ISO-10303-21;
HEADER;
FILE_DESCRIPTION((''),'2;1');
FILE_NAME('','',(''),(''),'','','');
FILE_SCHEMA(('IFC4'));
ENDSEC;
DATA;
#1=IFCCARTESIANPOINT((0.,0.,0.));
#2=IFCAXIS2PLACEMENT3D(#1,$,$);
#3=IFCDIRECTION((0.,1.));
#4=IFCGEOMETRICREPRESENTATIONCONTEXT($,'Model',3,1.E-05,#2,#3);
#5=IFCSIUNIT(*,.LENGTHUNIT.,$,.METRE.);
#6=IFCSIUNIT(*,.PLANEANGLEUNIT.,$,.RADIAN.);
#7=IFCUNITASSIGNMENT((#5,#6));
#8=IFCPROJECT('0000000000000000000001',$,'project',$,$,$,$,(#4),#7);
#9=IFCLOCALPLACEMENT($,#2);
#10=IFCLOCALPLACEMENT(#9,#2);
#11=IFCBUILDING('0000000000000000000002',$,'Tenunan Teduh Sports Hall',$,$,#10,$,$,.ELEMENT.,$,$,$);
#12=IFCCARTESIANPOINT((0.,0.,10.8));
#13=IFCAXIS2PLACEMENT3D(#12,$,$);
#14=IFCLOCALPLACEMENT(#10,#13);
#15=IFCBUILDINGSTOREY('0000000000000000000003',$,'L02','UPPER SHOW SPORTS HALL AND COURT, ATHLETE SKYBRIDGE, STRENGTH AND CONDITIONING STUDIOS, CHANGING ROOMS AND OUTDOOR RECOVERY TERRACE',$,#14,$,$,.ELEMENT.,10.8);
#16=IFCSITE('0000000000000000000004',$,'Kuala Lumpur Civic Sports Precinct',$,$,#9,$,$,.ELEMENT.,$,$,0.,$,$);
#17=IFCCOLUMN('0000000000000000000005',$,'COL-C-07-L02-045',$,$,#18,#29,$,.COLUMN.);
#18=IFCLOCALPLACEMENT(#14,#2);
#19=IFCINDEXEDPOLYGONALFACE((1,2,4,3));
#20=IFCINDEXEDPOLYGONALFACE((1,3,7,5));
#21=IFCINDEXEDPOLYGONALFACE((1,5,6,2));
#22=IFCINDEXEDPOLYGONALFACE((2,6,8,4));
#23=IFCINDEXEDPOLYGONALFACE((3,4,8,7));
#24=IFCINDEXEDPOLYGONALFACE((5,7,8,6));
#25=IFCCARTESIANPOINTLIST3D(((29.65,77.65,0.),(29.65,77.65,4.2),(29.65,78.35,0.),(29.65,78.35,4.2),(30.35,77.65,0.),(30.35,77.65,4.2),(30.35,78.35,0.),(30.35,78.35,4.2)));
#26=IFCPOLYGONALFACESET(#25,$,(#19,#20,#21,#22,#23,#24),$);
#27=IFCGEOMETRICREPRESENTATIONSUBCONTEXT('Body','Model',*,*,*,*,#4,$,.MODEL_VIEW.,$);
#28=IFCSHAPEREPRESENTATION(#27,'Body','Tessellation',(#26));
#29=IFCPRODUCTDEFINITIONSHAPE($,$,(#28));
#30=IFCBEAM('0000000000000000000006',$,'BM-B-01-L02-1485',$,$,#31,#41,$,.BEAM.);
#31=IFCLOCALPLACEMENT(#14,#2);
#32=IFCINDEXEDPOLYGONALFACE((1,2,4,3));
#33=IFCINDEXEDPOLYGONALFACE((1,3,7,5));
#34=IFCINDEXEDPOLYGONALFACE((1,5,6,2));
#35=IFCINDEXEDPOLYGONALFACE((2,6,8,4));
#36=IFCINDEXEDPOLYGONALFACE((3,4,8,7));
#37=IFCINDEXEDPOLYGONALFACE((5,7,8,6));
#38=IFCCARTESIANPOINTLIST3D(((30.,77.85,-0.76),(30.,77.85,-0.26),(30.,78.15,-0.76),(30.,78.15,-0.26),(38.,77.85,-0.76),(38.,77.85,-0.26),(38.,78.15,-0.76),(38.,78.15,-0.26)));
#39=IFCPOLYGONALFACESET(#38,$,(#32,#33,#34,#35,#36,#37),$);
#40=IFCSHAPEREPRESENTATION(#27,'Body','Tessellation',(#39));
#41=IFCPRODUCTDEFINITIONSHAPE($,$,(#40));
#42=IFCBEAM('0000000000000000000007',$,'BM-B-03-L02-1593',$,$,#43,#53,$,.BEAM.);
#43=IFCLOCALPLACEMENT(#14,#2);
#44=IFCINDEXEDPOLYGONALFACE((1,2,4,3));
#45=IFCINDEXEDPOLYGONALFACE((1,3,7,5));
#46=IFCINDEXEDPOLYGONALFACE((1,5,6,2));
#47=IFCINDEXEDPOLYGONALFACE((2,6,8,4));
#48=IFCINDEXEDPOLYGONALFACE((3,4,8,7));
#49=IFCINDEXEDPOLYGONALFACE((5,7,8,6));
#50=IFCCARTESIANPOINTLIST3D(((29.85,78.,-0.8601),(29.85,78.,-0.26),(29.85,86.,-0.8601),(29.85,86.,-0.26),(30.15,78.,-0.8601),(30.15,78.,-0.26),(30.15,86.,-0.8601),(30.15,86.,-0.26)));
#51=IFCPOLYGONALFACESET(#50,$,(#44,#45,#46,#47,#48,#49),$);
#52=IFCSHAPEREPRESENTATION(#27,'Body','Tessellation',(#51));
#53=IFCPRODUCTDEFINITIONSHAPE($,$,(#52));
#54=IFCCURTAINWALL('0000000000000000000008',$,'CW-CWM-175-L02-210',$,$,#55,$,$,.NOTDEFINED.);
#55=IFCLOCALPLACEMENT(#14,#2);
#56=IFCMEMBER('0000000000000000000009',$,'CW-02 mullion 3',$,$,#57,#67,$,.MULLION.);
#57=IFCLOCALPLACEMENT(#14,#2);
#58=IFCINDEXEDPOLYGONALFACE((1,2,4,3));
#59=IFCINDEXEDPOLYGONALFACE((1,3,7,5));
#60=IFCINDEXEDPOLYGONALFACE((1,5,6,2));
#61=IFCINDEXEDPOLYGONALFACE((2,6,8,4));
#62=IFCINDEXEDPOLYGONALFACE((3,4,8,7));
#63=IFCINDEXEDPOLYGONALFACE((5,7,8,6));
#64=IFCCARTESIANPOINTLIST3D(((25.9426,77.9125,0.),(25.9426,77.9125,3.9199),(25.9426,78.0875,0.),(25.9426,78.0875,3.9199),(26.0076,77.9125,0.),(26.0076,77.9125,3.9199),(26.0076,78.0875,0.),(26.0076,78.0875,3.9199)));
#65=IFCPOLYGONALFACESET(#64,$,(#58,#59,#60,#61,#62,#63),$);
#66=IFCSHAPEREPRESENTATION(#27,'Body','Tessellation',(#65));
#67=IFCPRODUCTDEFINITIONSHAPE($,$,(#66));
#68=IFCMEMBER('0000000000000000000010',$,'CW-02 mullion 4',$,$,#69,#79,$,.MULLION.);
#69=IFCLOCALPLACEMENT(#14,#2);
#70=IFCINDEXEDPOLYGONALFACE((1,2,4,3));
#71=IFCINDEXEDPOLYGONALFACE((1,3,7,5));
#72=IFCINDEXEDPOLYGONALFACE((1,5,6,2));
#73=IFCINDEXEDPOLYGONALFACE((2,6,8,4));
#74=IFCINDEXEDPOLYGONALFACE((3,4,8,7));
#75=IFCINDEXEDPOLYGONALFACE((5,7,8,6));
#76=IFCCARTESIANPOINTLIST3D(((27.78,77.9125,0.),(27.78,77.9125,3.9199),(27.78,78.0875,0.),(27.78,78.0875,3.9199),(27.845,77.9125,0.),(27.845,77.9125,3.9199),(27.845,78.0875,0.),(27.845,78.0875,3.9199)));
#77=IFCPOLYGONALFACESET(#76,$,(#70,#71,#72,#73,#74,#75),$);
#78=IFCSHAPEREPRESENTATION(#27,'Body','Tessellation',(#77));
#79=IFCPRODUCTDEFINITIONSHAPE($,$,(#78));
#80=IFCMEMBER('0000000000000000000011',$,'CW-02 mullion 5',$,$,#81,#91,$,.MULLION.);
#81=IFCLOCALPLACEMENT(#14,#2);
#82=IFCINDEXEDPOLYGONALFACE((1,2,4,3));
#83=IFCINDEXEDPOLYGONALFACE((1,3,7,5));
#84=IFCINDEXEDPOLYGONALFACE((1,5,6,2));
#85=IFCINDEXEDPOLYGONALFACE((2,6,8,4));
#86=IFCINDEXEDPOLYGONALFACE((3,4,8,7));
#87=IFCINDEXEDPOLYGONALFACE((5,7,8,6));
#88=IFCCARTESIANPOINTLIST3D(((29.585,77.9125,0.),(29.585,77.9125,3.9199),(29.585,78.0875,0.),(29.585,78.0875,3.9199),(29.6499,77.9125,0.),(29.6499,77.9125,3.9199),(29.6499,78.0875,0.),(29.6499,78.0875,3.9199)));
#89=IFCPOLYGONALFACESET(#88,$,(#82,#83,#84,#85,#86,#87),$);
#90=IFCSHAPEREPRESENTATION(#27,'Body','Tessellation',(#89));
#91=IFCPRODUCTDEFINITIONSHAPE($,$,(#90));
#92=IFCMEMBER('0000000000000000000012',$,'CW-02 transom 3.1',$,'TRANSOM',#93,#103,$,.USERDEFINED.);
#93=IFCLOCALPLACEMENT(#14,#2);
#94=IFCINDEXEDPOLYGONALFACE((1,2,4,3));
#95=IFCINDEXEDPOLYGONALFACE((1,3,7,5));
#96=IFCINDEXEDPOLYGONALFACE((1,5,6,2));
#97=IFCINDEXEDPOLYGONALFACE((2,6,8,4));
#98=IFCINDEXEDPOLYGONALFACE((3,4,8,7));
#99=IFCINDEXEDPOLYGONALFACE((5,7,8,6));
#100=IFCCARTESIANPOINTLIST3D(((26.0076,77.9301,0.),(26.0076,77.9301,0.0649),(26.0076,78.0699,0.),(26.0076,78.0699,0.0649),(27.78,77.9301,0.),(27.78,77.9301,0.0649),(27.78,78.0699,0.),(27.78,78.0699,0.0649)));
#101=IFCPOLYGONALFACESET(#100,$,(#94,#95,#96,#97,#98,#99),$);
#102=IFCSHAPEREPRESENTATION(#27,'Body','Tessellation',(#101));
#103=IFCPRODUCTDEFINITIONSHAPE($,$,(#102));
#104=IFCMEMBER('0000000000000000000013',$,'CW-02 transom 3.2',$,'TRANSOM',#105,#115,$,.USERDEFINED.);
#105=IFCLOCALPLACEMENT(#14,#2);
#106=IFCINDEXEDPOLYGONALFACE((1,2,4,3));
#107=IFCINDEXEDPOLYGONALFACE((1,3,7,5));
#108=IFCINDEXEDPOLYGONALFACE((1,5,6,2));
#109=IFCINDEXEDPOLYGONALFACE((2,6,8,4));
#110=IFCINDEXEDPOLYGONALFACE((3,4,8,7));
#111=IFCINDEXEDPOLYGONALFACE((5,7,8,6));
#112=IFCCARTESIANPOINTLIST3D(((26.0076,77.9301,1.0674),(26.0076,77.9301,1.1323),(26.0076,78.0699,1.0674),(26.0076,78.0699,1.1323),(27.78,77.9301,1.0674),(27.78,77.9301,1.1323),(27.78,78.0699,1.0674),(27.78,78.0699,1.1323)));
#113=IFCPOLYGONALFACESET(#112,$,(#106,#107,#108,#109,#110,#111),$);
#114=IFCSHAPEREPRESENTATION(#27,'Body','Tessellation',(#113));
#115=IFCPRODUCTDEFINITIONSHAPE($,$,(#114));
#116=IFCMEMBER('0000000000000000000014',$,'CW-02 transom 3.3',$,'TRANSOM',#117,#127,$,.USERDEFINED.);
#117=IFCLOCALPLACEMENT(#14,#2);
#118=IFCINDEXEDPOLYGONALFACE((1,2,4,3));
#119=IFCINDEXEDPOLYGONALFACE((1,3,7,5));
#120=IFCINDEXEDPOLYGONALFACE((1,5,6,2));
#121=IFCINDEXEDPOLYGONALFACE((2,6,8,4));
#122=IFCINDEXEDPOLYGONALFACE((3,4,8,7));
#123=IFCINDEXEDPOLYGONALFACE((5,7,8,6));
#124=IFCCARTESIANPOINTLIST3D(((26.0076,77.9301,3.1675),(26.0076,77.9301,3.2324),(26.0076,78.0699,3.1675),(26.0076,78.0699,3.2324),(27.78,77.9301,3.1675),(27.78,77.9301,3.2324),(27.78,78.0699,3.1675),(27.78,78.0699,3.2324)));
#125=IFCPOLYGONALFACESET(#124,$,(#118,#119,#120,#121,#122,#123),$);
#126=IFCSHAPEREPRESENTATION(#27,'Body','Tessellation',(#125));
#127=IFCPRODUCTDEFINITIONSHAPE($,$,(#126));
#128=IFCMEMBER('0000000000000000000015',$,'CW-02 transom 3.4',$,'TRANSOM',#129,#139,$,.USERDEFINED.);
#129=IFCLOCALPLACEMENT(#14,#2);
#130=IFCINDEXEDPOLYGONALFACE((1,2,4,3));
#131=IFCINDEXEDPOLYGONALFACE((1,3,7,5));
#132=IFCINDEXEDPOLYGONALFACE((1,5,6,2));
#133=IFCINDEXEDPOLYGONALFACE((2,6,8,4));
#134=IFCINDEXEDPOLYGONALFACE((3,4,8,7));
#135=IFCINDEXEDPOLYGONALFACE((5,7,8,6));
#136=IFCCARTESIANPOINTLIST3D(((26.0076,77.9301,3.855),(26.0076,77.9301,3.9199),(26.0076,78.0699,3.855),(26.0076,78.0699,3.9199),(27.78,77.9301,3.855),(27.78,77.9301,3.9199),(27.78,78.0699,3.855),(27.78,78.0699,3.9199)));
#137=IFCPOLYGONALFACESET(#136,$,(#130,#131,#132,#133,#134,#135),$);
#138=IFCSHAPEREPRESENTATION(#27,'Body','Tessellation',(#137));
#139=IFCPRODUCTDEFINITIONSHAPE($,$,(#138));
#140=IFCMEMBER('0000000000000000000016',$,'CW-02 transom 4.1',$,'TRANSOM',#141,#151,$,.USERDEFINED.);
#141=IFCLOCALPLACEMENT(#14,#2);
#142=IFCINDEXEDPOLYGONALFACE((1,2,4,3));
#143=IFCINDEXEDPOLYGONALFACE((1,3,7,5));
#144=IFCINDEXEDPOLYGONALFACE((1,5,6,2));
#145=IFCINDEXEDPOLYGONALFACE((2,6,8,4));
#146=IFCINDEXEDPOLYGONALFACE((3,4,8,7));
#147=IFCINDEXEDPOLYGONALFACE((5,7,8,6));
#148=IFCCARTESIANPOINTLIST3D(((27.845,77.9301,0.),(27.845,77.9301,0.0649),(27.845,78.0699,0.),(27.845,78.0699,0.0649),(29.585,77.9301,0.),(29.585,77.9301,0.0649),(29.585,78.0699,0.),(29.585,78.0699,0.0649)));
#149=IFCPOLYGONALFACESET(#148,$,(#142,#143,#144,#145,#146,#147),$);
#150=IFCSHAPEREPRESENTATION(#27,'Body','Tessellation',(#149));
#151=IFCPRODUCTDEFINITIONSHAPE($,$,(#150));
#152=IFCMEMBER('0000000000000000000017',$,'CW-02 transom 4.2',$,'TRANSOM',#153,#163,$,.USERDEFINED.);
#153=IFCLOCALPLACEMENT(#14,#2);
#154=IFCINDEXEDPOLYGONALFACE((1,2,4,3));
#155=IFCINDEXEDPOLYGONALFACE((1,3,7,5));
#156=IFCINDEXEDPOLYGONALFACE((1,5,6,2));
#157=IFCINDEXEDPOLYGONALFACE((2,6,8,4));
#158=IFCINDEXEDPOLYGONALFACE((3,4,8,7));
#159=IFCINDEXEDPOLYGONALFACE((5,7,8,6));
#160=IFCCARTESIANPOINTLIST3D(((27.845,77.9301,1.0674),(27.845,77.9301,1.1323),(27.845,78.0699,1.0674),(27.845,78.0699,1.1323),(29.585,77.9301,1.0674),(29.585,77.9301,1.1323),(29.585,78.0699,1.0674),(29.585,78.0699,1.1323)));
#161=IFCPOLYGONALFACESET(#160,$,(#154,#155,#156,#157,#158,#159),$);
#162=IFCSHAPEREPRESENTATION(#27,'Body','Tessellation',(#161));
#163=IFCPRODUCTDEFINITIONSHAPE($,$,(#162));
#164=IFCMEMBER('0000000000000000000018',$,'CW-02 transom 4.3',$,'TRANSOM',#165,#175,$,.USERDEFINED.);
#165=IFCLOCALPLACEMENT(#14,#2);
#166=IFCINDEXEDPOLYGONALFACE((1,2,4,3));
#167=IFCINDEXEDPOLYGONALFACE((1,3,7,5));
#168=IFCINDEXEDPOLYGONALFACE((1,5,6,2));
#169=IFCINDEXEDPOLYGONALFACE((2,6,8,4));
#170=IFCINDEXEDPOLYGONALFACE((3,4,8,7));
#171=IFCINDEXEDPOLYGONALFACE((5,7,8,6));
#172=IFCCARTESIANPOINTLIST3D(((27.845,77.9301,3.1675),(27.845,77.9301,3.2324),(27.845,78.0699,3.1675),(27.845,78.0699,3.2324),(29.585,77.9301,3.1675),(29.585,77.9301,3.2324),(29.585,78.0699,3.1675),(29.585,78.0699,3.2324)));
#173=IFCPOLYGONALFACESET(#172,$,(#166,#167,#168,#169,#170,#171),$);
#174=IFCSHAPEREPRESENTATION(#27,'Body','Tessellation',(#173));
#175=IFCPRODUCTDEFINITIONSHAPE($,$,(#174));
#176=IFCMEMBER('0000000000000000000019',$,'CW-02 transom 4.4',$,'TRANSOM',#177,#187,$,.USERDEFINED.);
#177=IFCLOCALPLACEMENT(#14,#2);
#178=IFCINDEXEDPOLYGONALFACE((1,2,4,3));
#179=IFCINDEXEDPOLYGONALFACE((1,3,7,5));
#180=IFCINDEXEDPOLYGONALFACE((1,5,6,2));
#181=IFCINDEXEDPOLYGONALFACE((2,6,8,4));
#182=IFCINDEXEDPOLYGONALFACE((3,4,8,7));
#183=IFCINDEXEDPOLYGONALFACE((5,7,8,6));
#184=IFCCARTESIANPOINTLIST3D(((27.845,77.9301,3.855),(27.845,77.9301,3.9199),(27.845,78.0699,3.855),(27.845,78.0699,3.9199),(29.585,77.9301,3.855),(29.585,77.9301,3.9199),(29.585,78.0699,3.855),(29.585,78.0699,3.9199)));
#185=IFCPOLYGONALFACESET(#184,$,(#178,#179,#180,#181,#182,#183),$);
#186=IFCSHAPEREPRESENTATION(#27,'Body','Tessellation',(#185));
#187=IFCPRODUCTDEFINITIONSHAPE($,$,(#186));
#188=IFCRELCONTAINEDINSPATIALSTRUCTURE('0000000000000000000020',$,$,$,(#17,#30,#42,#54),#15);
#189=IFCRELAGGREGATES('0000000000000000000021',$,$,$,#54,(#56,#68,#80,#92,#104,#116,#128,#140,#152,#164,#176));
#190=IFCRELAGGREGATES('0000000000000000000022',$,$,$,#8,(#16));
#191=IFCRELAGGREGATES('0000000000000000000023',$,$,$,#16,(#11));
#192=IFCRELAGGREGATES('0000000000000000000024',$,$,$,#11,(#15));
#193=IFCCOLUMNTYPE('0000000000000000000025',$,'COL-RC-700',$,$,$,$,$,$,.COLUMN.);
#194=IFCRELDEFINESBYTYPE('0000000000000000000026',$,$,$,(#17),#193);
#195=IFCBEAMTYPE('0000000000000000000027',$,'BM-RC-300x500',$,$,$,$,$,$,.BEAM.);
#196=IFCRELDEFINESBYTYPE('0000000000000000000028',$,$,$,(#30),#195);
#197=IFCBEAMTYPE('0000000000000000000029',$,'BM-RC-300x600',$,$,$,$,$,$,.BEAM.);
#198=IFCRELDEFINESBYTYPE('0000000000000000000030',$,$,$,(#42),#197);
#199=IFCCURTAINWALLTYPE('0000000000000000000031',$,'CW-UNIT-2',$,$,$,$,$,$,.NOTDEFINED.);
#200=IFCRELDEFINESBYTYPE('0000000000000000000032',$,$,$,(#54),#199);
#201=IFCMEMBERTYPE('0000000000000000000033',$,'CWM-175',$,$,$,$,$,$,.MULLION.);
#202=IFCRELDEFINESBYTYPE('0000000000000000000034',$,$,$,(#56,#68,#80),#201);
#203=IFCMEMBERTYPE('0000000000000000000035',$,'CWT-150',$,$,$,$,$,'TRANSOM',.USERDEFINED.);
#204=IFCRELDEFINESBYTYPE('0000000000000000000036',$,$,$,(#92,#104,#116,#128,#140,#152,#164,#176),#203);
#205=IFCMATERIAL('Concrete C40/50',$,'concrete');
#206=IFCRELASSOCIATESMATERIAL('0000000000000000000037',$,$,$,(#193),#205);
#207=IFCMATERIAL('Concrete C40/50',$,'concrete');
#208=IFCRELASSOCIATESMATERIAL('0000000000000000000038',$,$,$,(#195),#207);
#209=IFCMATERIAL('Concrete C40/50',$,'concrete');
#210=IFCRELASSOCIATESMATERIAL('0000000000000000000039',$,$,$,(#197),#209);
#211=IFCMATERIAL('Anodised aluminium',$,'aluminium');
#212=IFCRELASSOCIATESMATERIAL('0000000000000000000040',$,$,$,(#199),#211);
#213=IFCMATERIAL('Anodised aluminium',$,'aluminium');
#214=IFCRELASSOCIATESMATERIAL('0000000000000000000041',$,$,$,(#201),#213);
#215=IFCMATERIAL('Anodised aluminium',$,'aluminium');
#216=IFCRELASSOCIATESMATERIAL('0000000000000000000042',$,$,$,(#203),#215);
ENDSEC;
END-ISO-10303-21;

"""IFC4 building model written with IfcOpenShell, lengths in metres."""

from ifc_helpers import new_model, si_unit, direction, frame, origin, origin_2d, place, context, subcontext, project, spatial, rectangle, extrude, material, material_profile, profile_set, type_object, element, aggregate, save


model = new_model("IFC4")

# Units and contexts
model_context = context("Model", 3, precision=1e-05, world=origin(), true_north=direction((0.0, 1.0)))
body_context = subcontext(model_context, "Body", "Model", "MODEL_VIEW")
ifc_project = project(units=[si_unit("LENGTHUNIT", "METRE"), si_unit("PLANEANGLEUNIT", "RADIAN")], contexts=[model_context])

# Site, building, storey
site_placement = place(None, origin())
site = spatial("IfcSite", under=ifc_project, at=site_placement, Name="Kuala Lumpur Civic Sports Precinct", CompositionType="ELEMENT", RefElevation=0.0)
building_placement = place(site_placement, origin())
building = spatial("IfcBuilding", under=site, at=building_placement, Name="Tenunan Teduh Sports Hall", CompositionType="ELEMENT")
storey_placement = place(building_placement, frame((0.0, 0.0, 10.8)))
storey = spatial("IfcBuildingStorey", under=building, at=storey_placement, Name="L02", Description="UPPER SHOW SPORTS HALL AND COURT, ATHLETE SKYBRIDGE, STRENGTH AND CONDITIONING STUDIOS, CHANGING ROOMS AND OUTDOOR RECOVERY TERRACE", CompositionType="ELEMENT", Elevation=10.8)

# Column
ifc_material_1 = material(Name="Concrete C40/50", Category="concrete")
ifc_material_profile_1 = material_profile(ifc_material_1, rectangle(XDim=0.7, YDim=0.7, at=origin_2d()), Name="RC 700x700")
ifc_profile_set_1 = profile_set([ifc_material_profile_1], Name="Concrete C40/50")
column_type = type_object("IfcColumnType", Name="COL-RC-700", PredefinedType="COLUMN", material=ifc_profile_set_1)
column_placement = place(storey_placement, frame((30.0, 78.0, 0.0), z_axis=(0.0, 0.0, 1.0), x_axis=(1.0, 0.0, 0.0)))
element("IfcColumn", 1, at=column_placement, inside=storey, type_object=column_type, Name="COL-C-07-L02-045", PredefinedType="COLUMN", context=body_context, shape_type="SweptSolid", body=[
    extrude(rectangle(XDim=0.7, YDim=0.7, at=origin_2d()), origin(), (0.0, 0.0, 1.0), 4.2),
])

# Beams
ifc_material_2 = material(Name="Concrete C40/50", Category="concrete")
ifc_material_profile_2 = material_profile(ifc_material_2, rectangle(XDim=0.3, YDim=0.5, at=origin_2d()), Name="RCB 300x500")
ifc_profile_set_2 = profile_set([ifc_material_profile_2], Name="Concrete C40/50")
beam_type_1 = type_object("IfcBeamType", Name="BM-RC-300x500", PredefinedType="BEAM", material=ifc_profile_set_2)
beam_1_placement = place(storey_placement, frame((30.0, 78.0, -0.51), z_axis=(1.0, 0.0, 0.0), x_axis=(0.0, 1.0, 0.0)))
element("IfcBeam", 2, at=beam_1_placement, inside=storey, type_object=beam_type_1, Name="BM-B-01-L02-1485", PredefinedType="BEAM", context=body_context, shape_type="SweptSolid", body=[
    extrude(rectangle(XDim=0.3, YDim=0.5, at=origin_2d()), origin(), (0.0, 0.0, 1.0), 8.0),
])
ifc_material_3 = material(Name="Concrete C40/50", Category="concrete")
ifc_material_profile_3 = material_profile(ifc_material_3, rectangle(XDim=0.3, YDim=0.6001, at=origin_2d()), Name="RCB 300x600")
ifc_profile_set_3 = profile_set([ifc_material_profile_3], Name="Concrete C40/50")
beam_type_2 = type_object("IfcBeamType", Name="BM-RC-300x600", PredefinedType="BEAM", material=ifc_profile_set_3)
beam_2_placement = place(storey_placement, frame((30.0, 78.0, -0.5601), z_axis=(0.0, 1.0, 0.0), x_axis=(-1.0, 0.0, 0.0)))
element("IfcBeam", 3, at=beam_2_placement, inside=storey, type_object=beam_type_2, Name="BM-B-03-L02-1593", PredefinedType="BEAM", context=body_context, shape_type="SweptSolid", body=[
    extrude(rectangle(XDim=0.3, YDim=0.6001, at=origin_2d()), origin(), (0.0, 0.0, 1.0), 8.0),
])

# Curtain wall, members
ifc_material_4 = material(Name="Anodised aluminium", Category="aluminium")
curtain_wall_type = type_object("IfcCurtainWallType", Name="CW-UNIT-2", PredefinedType="NOTDEFINED", material=ifc_material_4)
curtain_wall_placement = place(storey_placement, origin())
curtain_wall = element("IfcCurtainWall", 4, at=curtain_wall_placement, inside=storey, type_object=curtain_wall_type, Name="CW-CWM-175-L02-210", PredefinedType="NOTDEFINED")
ifc_material_5 = material(Name="Anodised aluminium", Category="aluminium")
ifc_material_profile_4 = material_profile(ifc_material_5, rectangle(XDim=0.0649, YDim=0.175, at=origin_2d()), Name="CWM 65x175")
ifc_profile_set_4 = profile_set([ifc_material_profile_4], Name="Anodised aluminium")
member_type_1 = type_object("IfcMemberType", Name="CWM-175", PredefinedType="MULLION", material=ifc_profile_set_4)
member_1_placement = place(storey_placement, frame((25.9751, 78.0, 0.0), z_axis=(0.0, 0.0, 1.0), x_axis=(1.0, 0.0, 0.0)))
member_1 = element("IfcMember", 5, at=member_1_placement, type_object=member_type_1, Name="CW-02 mullion 3", PredefinedType="MULLION", context=body_context, shape_type="SweptSolid", body=[
    extrude(rectangle(XDim=0.0649, YDim=0.175, at=origin_2d()), origin(), (0.0, 0.0, 1.0), 3.9199),
])
member_2_placement = place(storey_placement, frame((27.8125, 78.0, 0.0), z_axis=(0.0, 0.0, 1.0), x_axis=(1.0, 0.0, 0.0)))
member_2 = element("IfcMember", 6, at=member_2_placement, type_object=member_type_1, Name="CW-02 mullion 4", PredefinedType="MULLION", context=body_context, shape_type="SweptSolid", body=[
    extrude(rectangle(XDim=0.0649, YDim=0.175, at=origin_2d()), origin(), (0.0, 0.0, 1.0), 3.9199),
])
member_3_placement = place(storey_placement, frame((29.6174, 78.0, 0.0), z_axis=(0.0, 0.0, 1.0), x_axis=(1.0, 0.0, 0.0)))
member_3 = element("IfcMember", 7, at=member_3_placement, type_object=member_type_1, Name="CW-02 mullion 5", PredefinedType="MULLION", context=body_context, shape_type="SweptSolid", body=[
    extrude(rectangle(XDim=0.0649, YDim=0.175, at=origin_2d()), origin(), (0.0, 0.0, 1.0), 3.9199),
])
ifc_material_6 = material(Name="Anodised aluminium", Category="aluminium")
ifc_material_profile_5 = material_profile(ifc_material_6, rectangle(XDim=0.0649, YDim=0.1399, at=origin_2d()), Name="CWT 65x140")
ifc_profile_set_5 = profile_set([ifc_material_profile_5], Name="Anodised aluminium")
member_type_2 = type_object("IfcMemberType", Name="CWT-150", ElementType="TRANSOM", PredefinedType="USERDEFINED", material=ifc_profile_set_5)
member_4_placement = place(storey_placement, frame((26.0076, 78.0, 0.0325), z_axis=(1.0, 0.0, 0.0), x_axis=(0.0, 0.0, 1.0)))
member_4 = element("IfcMember", 8, at=member_4_placement, type_object=member_type_2, Name="CW-02 transom 3.1", ObjectType="TRANSOM", PredefinedType="USERDEFINED", context=body_context, shape_type="SweptSolid", body=[
    extrude(rectangle(XDim=0.0649, YDim=0.1399, at=origin_2d()), origin(), (0.0, 0.0, 1.0), 1.7725),
])
member_5_placement = place(storey_placement, frame((26.0076, 78.0, 1.0999), z_axis=(1.0, 0.0, 0.0), x_axis=(0.0, 0.0, 1.0)))
member_5 = element("IfcMember", 9, at=member_5_placement, type_object=member_type_2, Name="CW-02 transom 3.2", ObjectType="TRANSOM", PredefinedType="USERDEFINED", context=body_context, shape_type="SweptSolid", body=[
    extrude(rectangle(XDim=0.0649, YDim=0.1399, at=origin_2d()), origin(), (0.0, 0.0, 1.0), 1.7725),
])
member_6_placement = place(storey_placement, frame((26.0076, 78.0, 3.2), z_axis=(1.0, 0.0, 0.0), x_axis=(0.0, 0.0, 1.0)))
member_6 = element("IfcMember", 10, at=member_6_placement, type_object=member_type_2, Name="CW-02 transom 3.3", ObjectType="TRANSOM", PredefinedType="USERDEFINED", context=body_context, shape_type="SweptSolid", body=[
    extrude(rectangle(XDim=0.0649, YDim=0.1399, at=origin_2d()), origin(), (0.0, 0.0, 1.0), 1.7725),
])
member_7_placement = place(storey_placement, frame((26.0076, 78.0, 3.8875), z_axis=(1.0, 0.0, 0.0), x_axis=(0.0, 0.0, 1.0)))
member_7 = element("IfcMember", 11, at=member_7_placement, type_object=member_type_2, Name="CW-02 transom 3.4", ObjectType="TRANSOM", PredefinedType="USERDEFINED", context=body_context, shape_type="SweptSolid", body=[
    extrude(rectangle(XDim=0.0649, YDim=0.1399, at=origin_2d()), origin(), (0.0, 0.0, 1.0), 1.7725),
])
member_8_placement = place(storey_placement, frame((27.845, 78.0, 0.0325), z_axis=(1.0, 0.0, 0.0), x_axis=(0.0, 0.0, 1.0)))
member_8 = element("IfcMember", 12, at=member_8_placement, type_object=member_type_2, Name="CW-02 transom 4.1", ObjectType="TRANSOM", PredefinedType="USERDEFINED", context=body_context, shape_type="SweptSolid", body=[
    extrude(rectangle(XDim=0.0649, YDim=0.1399, at=origin_2d()), origin(), (0.0, 0.0, 1.0), 1.74),
])
member_9_placement = place(storey_placement, frame((27.845, 78.0, 1.0999), z_axis=(1.0, 0.0, 0.0), x_axis=(0.0, 0.0, 1.0)))
member_9 = element("IfcMember", 13, at=member_9_placement, type_object=member_type_2, Name="CW-02 transom 4.2", ObjectType="TRANSOM", PredefinedType="USERDEFINED", context=body_context, shape_type="SweptSolid", body=[
    extrude(rectangle(XDim=0.0649, YDim=0.1399, at=origin_2d()), origin(), (0.0, 0.0, 1.0), 1.74),
])
member_10_placement = place(storey_placement, frame((27.845, 78.0, 3.2), z_axis=(1.0, 0.0, 0.0), x_axis=(0.0, 0.0, 1.0)))
member_10 = element("IfcMember", 14, at=member_10_placement, type_object=member_type_2, Name="CW-02 transom 4.3", ObjectType="TRANSOM", PredefinedType="USERDEFINED", context=body_context, shape_type="SweptSolid", body=[
    extrude(rectangle(XDim=0.0649, YDim=0.1399, at=origin_2d()), origin(), (0.0, 0.0, 1.0), 1.74),
])
member_11_placement = place(storey_placement, frame((27.845, 78.0, 3.8875), z_axis=(1.0, 0.0, 0.0), x_axis=(0.0, 0.0, 1.0)))
member_11 = element("IfcMember", 15, at=member_11_placement, type_object=member_type_2, Name="CW-02 transom 4.4", ObjectType="TRANSOM", PredefinedType="USERDEFINED", context=body_context, shape_type="SweptSolid", body=[
    extrude(rectangle(XDim=0.0649, YDim=0.1399, at=origin_2d()), origin(), (0.0, 0.0, 1.0), 1.74),
])

aggregate(curtain_wall, [member_1, member_2, member_3, member_4, member_5, member_6, member_7, member_8, member_9, member_10, member_11])

save(model, "model.ifc")
